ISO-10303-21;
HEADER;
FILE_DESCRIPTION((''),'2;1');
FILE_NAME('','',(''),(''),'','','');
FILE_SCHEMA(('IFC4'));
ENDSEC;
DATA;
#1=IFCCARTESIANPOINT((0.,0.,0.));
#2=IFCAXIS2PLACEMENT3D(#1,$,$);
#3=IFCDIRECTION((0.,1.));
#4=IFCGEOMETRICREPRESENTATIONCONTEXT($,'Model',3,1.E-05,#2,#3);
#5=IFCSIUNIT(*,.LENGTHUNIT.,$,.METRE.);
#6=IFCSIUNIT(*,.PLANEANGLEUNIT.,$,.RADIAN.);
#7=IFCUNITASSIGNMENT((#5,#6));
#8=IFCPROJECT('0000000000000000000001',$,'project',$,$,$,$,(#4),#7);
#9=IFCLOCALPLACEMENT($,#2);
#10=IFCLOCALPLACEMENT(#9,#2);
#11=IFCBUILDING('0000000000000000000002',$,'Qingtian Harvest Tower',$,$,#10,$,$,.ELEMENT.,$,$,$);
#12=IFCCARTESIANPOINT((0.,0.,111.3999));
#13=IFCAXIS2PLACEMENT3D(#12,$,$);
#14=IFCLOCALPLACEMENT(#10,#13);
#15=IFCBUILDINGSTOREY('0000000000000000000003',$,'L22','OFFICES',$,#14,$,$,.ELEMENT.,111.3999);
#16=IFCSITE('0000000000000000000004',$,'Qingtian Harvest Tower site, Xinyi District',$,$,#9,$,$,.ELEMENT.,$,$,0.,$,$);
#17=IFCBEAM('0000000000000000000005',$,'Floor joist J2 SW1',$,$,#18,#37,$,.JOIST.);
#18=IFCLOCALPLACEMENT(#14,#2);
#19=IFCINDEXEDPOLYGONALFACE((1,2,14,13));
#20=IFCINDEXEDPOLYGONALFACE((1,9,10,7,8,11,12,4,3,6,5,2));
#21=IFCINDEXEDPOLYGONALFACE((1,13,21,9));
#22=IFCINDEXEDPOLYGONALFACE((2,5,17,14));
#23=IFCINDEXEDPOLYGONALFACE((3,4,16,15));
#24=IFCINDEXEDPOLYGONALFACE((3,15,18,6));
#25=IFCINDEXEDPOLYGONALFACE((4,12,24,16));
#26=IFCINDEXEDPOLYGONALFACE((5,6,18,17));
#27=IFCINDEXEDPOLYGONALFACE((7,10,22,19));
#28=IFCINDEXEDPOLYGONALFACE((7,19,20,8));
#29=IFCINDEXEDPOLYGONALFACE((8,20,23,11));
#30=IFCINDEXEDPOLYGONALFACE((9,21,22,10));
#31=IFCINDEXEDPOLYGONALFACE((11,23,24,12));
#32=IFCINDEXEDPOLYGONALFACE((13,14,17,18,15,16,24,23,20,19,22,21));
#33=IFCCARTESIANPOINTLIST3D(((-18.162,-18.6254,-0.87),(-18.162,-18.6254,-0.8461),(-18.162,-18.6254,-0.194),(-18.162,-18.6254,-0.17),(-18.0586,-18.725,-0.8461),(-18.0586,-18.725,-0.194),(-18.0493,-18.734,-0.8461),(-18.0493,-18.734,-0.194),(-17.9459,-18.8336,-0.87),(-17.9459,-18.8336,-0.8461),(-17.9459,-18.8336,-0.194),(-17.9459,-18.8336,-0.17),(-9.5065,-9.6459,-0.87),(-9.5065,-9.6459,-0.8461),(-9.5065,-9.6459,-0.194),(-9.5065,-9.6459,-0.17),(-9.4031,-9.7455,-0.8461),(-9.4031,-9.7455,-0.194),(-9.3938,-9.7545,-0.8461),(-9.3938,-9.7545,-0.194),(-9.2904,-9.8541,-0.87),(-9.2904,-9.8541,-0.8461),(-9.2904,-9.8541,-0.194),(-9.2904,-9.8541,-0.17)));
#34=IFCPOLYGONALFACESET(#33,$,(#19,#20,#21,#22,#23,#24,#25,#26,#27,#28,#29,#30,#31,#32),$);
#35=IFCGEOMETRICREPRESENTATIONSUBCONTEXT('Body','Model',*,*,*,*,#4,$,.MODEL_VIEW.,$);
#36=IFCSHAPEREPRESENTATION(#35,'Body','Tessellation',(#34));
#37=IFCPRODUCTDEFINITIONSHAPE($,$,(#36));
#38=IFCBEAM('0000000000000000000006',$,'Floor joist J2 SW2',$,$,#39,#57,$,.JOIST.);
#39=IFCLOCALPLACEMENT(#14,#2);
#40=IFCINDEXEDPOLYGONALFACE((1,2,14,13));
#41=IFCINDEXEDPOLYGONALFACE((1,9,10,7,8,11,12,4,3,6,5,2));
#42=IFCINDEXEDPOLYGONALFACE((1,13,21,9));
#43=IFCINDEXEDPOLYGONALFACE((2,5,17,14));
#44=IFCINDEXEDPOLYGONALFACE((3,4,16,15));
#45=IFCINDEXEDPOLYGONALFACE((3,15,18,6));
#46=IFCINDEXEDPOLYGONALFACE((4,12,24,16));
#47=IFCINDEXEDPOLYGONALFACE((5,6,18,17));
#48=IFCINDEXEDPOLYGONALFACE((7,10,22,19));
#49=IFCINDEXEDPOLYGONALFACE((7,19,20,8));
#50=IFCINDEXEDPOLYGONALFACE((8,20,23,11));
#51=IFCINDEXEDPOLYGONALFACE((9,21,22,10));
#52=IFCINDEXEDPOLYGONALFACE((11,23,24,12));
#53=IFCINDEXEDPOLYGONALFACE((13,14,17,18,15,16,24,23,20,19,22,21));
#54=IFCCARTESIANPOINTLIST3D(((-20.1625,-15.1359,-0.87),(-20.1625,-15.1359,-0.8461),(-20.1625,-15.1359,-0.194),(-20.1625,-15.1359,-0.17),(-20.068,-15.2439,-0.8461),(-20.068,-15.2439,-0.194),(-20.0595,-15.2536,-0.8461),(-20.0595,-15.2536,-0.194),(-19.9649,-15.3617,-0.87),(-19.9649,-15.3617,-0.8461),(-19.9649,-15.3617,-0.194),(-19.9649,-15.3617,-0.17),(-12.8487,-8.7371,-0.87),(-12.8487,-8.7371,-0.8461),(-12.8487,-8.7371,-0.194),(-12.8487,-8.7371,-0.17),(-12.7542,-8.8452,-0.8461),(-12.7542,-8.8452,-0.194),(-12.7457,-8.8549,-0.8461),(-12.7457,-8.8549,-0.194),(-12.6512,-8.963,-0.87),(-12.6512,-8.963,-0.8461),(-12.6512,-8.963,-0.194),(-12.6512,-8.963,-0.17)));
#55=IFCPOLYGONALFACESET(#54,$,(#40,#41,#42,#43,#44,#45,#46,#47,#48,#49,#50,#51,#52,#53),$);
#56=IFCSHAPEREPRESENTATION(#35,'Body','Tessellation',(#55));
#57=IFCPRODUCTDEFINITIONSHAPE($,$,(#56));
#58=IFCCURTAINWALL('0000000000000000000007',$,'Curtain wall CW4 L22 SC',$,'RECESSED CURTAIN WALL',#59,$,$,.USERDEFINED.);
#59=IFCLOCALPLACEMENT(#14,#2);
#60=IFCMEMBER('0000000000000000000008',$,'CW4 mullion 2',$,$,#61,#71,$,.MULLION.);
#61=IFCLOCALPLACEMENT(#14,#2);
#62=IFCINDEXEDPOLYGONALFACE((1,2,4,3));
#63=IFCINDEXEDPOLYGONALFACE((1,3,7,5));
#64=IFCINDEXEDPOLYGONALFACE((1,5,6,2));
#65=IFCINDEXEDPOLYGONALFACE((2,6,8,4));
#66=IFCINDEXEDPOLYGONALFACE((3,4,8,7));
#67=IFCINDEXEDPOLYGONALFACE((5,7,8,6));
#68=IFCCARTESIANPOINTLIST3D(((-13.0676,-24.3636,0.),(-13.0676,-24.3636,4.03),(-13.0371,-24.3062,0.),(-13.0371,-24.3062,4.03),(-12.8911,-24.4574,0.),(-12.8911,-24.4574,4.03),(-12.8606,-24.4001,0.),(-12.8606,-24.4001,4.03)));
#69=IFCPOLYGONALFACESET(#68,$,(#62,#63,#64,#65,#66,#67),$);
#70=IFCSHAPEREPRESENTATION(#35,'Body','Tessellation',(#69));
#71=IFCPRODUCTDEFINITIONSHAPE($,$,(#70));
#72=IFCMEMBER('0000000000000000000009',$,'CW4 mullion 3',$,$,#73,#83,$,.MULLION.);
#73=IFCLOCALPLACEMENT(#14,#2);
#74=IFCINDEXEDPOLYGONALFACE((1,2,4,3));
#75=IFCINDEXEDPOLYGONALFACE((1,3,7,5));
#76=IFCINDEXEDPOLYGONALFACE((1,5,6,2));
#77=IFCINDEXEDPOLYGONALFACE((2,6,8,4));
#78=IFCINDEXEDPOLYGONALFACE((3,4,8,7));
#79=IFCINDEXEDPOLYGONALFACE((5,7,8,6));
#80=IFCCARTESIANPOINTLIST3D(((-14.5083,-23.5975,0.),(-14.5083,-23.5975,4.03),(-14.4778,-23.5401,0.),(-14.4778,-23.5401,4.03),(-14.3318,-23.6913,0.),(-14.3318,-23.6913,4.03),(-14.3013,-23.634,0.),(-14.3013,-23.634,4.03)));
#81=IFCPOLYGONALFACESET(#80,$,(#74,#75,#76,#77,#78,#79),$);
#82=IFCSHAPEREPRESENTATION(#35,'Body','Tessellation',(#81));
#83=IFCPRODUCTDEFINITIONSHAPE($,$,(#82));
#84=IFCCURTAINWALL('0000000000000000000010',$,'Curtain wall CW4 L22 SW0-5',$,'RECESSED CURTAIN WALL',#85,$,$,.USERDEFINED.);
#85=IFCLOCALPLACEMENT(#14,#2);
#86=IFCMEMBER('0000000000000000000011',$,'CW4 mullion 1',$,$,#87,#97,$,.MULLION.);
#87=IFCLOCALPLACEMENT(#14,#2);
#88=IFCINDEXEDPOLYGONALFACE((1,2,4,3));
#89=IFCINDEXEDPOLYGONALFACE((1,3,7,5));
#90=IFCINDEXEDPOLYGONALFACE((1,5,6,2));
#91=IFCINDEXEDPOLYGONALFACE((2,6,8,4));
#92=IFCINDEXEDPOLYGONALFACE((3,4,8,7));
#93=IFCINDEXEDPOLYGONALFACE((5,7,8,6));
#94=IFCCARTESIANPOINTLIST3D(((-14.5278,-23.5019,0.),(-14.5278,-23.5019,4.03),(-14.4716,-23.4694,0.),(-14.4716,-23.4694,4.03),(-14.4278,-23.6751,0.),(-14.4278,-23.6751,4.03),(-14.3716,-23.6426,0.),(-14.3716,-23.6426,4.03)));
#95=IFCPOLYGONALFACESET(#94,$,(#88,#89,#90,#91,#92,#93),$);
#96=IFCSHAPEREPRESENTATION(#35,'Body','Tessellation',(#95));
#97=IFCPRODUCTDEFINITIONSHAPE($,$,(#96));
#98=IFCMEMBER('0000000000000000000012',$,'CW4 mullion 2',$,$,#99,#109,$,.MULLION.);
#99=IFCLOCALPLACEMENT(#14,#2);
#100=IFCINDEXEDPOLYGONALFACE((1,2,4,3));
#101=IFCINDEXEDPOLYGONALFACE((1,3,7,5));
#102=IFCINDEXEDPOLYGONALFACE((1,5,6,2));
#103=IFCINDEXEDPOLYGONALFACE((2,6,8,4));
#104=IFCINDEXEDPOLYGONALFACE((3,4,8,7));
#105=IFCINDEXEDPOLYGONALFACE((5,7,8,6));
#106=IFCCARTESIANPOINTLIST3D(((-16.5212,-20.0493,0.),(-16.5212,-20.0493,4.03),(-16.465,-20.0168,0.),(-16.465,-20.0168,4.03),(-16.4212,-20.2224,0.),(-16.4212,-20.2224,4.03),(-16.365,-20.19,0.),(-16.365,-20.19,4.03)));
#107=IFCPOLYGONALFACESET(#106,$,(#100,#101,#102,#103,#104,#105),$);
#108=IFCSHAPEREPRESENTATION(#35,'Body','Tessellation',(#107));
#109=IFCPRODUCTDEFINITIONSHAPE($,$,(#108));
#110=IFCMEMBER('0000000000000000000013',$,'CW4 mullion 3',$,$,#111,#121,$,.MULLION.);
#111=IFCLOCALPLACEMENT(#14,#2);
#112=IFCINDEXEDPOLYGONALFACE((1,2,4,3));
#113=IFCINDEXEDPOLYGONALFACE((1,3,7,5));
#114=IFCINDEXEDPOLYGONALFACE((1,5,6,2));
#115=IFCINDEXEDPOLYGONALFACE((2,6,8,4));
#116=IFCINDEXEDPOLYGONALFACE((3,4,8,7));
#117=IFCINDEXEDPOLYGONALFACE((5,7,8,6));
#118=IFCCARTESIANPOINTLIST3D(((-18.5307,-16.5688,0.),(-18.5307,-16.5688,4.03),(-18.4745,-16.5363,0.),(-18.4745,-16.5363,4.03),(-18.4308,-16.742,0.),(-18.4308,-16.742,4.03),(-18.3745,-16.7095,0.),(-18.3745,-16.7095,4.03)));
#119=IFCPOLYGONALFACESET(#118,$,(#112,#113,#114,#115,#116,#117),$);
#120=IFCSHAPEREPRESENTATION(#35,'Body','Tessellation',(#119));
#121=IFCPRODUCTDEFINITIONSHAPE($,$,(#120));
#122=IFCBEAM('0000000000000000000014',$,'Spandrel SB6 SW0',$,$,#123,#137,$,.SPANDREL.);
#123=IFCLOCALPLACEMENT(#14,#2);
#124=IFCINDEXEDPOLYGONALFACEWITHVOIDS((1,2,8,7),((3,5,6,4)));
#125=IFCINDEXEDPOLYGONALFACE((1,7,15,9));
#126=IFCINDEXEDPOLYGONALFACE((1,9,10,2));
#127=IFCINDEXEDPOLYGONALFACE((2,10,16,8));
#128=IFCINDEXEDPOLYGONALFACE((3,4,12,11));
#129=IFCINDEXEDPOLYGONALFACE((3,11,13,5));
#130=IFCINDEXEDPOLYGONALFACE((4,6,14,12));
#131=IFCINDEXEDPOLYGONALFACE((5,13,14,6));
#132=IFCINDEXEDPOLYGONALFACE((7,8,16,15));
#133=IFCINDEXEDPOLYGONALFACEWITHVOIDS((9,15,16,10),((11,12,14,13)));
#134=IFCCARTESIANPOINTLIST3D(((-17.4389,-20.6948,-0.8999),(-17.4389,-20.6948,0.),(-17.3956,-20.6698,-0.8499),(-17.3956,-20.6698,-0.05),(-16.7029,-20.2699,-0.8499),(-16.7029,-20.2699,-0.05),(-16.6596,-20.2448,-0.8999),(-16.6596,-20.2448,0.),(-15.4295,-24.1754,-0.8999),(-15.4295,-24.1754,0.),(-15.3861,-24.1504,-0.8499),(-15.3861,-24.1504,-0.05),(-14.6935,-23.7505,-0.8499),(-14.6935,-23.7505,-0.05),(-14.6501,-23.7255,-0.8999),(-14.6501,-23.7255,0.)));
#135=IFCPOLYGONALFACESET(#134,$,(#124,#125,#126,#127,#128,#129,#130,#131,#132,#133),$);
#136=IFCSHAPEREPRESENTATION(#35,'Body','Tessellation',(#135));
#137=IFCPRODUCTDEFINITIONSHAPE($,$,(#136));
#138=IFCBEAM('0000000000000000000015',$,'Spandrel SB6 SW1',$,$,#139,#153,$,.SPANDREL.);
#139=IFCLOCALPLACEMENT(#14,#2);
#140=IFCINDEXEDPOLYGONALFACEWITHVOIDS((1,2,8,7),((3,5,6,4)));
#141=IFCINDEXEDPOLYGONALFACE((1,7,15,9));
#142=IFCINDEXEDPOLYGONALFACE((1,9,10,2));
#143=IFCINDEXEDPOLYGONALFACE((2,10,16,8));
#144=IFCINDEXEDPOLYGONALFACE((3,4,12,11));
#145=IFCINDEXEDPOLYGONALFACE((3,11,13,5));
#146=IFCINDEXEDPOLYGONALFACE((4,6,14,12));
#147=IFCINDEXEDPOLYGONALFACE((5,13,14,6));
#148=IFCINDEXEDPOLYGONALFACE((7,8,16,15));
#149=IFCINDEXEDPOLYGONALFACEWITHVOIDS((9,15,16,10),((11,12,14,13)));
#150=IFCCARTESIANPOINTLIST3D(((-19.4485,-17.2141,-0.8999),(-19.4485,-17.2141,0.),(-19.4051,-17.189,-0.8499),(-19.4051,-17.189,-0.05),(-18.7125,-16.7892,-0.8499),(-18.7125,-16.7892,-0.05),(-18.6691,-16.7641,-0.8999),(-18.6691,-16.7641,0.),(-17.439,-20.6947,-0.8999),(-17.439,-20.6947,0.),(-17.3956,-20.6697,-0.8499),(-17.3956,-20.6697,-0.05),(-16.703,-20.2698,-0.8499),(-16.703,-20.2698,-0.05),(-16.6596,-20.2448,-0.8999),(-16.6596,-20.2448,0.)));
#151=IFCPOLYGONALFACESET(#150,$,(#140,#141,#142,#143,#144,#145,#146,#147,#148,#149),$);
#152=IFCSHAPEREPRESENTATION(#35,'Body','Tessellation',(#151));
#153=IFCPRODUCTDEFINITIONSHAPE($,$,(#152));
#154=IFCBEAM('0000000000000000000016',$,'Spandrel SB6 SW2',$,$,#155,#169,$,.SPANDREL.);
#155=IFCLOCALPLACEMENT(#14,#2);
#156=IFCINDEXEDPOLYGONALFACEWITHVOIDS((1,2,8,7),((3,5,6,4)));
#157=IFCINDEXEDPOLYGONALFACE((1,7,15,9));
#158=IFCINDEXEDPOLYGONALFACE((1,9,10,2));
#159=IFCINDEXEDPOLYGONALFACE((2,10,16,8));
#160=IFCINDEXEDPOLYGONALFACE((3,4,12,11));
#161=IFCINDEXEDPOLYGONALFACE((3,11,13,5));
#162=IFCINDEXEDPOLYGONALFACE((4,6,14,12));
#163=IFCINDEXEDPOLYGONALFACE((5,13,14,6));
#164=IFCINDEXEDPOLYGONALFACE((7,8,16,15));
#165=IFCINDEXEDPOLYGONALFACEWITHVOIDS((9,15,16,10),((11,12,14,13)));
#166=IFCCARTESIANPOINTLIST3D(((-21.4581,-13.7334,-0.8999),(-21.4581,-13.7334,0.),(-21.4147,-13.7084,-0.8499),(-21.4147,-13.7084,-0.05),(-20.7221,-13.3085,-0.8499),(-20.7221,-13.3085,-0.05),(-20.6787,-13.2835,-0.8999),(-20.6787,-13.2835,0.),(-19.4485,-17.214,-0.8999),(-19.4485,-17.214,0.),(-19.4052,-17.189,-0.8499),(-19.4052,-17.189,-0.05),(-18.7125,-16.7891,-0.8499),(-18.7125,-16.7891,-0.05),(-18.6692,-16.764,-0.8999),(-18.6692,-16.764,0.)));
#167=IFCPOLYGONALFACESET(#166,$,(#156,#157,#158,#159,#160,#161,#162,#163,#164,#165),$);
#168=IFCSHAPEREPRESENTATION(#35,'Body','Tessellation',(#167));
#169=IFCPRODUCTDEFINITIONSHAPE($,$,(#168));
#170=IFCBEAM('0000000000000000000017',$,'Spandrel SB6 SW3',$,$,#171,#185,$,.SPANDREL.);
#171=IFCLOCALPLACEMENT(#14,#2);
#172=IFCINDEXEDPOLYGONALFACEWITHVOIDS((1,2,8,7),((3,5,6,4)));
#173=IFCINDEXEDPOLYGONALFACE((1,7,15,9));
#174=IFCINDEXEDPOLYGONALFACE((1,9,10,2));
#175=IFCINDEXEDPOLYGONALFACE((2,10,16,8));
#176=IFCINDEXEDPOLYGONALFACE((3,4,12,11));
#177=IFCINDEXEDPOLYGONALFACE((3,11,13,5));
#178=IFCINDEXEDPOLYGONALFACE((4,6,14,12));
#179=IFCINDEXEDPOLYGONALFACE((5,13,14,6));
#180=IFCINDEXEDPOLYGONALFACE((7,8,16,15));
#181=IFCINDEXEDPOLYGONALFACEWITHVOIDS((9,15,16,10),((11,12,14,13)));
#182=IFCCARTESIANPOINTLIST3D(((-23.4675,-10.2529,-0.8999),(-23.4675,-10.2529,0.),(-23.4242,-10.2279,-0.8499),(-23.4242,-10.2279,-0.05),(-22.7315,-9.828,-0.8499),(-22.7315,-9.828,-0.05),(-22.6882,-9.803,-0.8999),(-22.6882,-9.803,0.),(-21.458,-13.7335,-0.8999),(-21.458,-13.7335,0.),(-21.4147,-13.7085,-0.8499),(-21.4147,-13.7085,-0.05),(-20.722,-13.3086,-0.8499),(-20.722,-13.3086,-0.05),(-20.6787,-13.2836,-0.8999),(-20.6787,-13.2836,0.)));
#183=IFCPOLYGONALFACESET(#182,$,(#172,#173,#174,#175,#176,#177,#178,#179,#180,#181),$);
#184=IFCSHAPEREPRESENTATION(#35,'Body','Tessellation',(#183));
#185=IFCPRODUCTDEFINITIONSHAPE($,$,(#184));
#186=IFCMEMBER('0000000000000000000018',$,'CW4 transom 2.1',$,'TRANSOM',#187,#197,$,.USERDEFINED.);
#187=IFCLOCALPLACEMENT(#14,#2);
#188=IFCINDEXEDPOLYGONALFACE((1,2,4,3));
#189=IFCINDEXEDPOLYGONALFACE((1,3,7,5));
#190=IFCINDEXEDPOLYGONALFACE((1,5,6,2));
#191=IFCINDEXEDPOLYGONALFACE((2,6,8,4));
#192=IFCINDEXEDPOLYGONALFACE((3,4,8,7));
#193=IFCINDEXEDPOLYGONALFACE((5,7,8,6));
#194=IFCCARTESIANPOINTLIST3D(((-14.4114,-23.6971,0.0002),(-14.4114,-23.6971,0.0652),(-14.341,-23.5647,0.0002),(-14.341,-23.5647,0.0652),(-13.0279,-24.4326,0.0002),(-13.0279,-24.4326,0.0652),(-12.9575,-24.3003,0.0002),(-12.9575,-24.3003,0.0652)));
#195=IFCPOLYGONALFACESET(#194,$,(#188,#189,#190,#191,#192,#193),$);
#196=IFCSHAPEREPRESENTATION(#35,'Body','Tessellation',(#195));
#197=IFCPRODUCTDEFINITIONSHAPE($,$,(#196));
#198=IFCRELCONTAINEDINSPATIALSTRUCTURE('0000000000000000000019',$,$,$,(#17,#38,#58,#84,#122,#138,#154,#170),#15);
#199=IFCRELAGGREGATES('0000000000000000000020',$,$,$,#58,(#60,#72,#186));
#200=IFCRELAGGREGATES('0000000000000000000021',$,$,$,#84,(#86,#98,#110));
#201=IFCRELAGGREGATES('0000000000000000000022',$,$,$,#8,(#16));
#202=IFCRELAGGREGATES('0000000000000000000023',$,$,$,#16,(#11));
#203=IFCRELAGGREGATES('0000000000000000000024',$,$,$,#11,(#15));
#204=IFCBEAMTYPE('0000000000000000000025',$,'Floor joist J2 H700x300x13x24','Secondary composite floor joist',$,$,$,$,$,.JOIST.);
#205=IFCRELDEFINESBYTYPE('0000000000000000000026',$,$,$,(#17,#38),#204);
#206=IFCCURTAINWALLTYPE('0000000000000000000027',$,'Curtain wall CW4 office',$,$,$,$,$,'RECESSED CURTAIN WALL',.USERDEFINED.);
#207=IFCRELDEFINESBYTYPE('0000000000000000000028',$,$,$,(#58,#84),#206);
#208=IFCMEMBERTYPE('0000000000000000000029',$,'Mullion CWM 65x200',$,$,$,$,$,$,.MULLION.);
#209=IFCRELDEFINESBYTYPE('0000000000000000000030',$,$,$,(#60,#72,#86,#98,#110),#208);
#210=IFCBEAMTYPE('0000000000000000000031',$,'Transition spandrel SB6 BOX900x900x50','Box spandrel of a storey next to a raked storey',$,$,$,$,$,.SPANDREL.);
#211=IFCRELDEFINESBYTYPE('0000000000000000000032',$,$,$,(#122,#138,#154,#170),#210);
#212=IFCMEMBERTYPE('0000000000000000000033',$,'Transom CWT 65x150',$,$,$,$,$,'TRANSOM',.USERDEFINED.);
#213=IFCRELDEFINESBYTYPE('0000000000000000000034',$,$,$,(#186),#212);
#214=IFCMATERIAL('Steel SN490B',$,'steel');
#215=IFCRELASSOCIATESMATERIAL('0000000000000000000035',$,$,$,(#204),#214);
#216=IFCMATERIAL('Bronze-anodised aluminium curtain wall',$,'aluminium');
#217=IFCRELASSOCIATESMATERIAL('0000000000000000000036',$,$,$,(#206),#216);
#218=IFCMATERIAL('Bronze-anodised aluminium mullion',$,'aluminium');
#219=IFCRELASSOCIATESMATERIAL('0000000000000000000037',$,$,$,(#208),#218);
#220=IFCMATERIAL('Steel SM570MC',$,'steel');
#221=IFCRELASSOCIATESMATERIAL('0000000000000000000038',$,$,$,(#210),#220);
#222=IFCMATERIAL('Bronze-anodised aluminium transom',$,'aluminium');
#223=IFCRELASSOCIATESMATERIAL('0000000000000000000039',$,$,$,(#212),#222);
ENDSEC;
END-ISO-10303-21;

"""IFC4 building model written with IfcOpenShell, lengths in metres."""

from ifc_helpers import new_model, si_unit, direction, frame, origin, origin_2d, place, context, subcontext, project, spatial, rectangle, hollow_rectangle, i_section, extrude, material, material_profile, profile_set, type_object, element, aggregate, save


model = new_model("IFC4")

# Units and contexts
model_context = context("Model", 3, precision=1e-05, world=origin(), true_north=direction((0.0, 1.0)))
body_context = subcontext(model_context, "Body", "Model", "MODEL_VIEW")
ifc_project = project(units=[si_unit("LENGTHUNIT", "METRE"), si_unit("PLANEANGLEUNIT", "RADIAN")], contexts=[model_context])

# Site, building, storey
site_placement = place(None, origin())
site = spatial("IfcSite", under=ifc_project, at=site_placement, Name="Qingtian Harvest Tower site, Xinyi District", CompositionType="ELEMENT", RefElevation=0.0)
building_placement = place(site_placement, origin())
building = spatial("IfcBuilding", under=site, at=building_placement, Name="Qingtian Harvest Tower", CompositionType="ELEMENT")
storey_placement = place(building_placement, frame((0.0, 0.0, 111.3999)))
storey = spatial("IfcBuildingStorey", under=building, at=storey_placement, Name="L22", Description="OFFICES", CompositionType="ELEMENT", Elevation=111.3999)

# Beams
ifc_material_1 = material(Name="Steel SN490B", Category="steel")
ifc_material_profile_1 = material_profile(ifc_material_1, i_section(OverallWidth=0.3, OverallDepth=0.7, WebThickness=0.0129, FlangeThickness=0.0239, at=origin_2d()), Name="H700x300x13x24")
ifc_profile_set_1 = profile_set([ifc_material_profile_1], Name="Steel SN490B")
beam_type_1 = type_object("IfcBeamType", Name="Floor joist J2 H700x300x13x24", Description="Secondary composite floor joist", PredefinedType="JOIST", material=ifc_profile_set_1)
beam_1_placement = place(storey_placement, frame((-18.054, -18.7295, -0.52), z_axis=(0.693999, 0.719976, 0.0), x_axis=(-0.719976, 0.693999, 0.0)))
element("IfcBeam", 1, at=beam_1_placement, inside=storey, type_object=beam_type_1, Name="Floor joist J2 SW1", PredefinedType="JOIST", context=body_context, shape_type="SweptSolid", body=[
    extrude(i_section(OverallWidth=0.3, OverallDepth=0.7, WebThickness=0.0129, FlangeThickness=0.0239, at=origin_2d()), origin(), (0.0, 0.0, 1.0), 12.4719),
])
beam_2_placement = place(storey_placement, frame((-20.0637, -15.2488, -0.52), z_axis=(0.752619, 0.658457, 0.0), x_axis=(-0.658457, 0.752619, 0.0)))
element("IfcBeam", 2, at=beam_2_placement, inside=storey, type_object=beam_type_1, Name="Floor joist J2 SW2", PredefinedType="JOIST", context=body_context, shape_type="SweptSolid", body=[
    extrude(i_section(OverallWidth=0.3, OverallDepth=0.7, WebThickness=0.0129, FlangeThickness=0.0239, at=origin_2d()), origin(), (0.0, 0.0, 1.0), 9.7178),
])

# Curtain walls, members
ifc_material_2 = material(Name="Bronze-anodised aluminium curtain wall", Category="aluminium")
curtain_wall_type = type_object("IfcCurtainWallType", Name="Curtain wall CW4 office", ElementType="RECESSED CURTAIN WALL", PredefinedType="USERDEFINED", material=ifc_material_2)
curtain_wall_1_placement = place(storey_placement, origin())
curtain_wall_1 = element("IfcCurtainWall", 3, at=curtain_wall_1_placement, inside=storey, type_object=curtain_wall_type, Name="Curtain wall CW4 L22 SC", ObjectType="RECESSED CURTAIN WALL", PredefinedType="USERDEFINED")
ifc_material_3 = material(Name="Bronze-anodised aluminium mullion", Category="aluminium")
ifc_material_profile_2 = material_profile(ifc_material_3, rectangle(XDim=0.0649, YDim=0.2, at=origin_2d()), Name="AL 65x200")
ifc_profile_set_2 = profile_set([ifc_material_profile_2], Name="Bronze-anodised aluminium mullion")
member_type_1 = type_object("IfcMemberType", Name="Mullion CWM 65x200", PredefinedType="MULLION", material=ifc_profile_set_2)
member_1_placement = place(storey_placement, frame((-12.9641, -24.3818, 0.0), z_axis=(0.0, 0.0, 1.0), x_axis=(-0.469472, -0.882948, 0.0)))
member_1 = element("IfcMember", 4, at=member_1_placement, type_object=member_type_1, Name="CW4 mullion 2", PredefinedType="MULLION", context=body_context, shape_type="SweptSolid", body=[
    extrude(rectangle(XDim=0.0649, YDim=0.2, at=origin_2d()), origin(), (0.0, 0.0, 1.0), 4.03),
])
member_2_placement = place(storey_placement, frame((-14.4048, -23.6157, 0.0), z_axis=(0.0, 0.0, 1.0), x_axis=(-0.469472, -0.882948, 0.0)))
member_2 = element("IfcMember", 5, at=member_2_placement, type_object=member_type_1, Name="CW4 mullion 3", PredefinedType="MULLION", context=body_context, shape_type="SweptSolid", body=[
    extrude(rectangle(XDim=0.0649, YDim=0.2, at=origin_2d()), origin(), (0.0, 0.0, 1.0), 4.03),
])
curtain_wall_2_placement = place(storey_placement, origin())
curtain_wall_2 = element("IfcCurtainWall", 6, at=curtain_wall_2_placement, inside=storey, type_object=curtain_wall_type, Name="Curtain wall CW4 L22 SW0-5", ObjectType="RECESSED CURTAIN WALL", PredefinedType="USERDEFINED")
member_3_placement = place(storey_placement, frame((-14.4497, -23.5723, 0.0), z_axis=(0.0, 0.0, 1.0), x_axis=(-0.866025, -0.5, 0.0)))
member_3 = element("IfcMember", 7, at=member_3_placement, type_object=member_type_1, Name="CW4 mullion 1", PredefinedType="MULLION", context=body_context, shape_type="SweptSolid", body=[
    extrude(rectangle(XDim=0.0649, YDim=0.2, at=origin_2d()), origin(), (0.0, 0.0, 1.0), 4.03),
])
member_4_placement = place(storey_placement, frame((-16.4431, -20.1196, 0.0), z_axis=(0.0, 0.0, 1.0), x_axis=(-0.866025, -0.5, 0.0)))
member_4 = element("IfcMember", 8, at=member_4_placement, type_object=member_type_1, Name="CW4 mullion 2", PredefinedType="MULLION", context=body_context, shape_type="SweptSolid", body=[
    extrude(rectangle(XDim=0.0649, YDim=0.2, at=origin_2d()), origin(), (0.0, 0.0, 1.0), 4.03),
])
member_5_placement = place(storey_placement, frame((-18.4526, -16.6392, 0.0), z_axis=(0.0, 0.0, 1.0), x_axis=(-0.866025, -0.5, 0.0)))
member_5 = element("IfcMember", 9, at=member_5_placement, type_object=member_type_1, Name="CW4 mullion 3", PredefinedType="MULLION", context=body_context, shape_type="SweptSolid", body=[
    extrude(rectangle(XDim=0.0649, YDim=0.2, at=origin_2d()), origin(), (0.0, 0.0, 1.0), 4.03),
])

# Beams
ifc_material_4 = material(Name="Steel SM570MC", Category="steel")
ifc_material_profile_3 = material_profile(ifc_material_4, hollow_rectangle(XDim=0.8999, YDim=0.8999, WallThickness=0.05, at=origin_2d()), Name="BOX900x900x50")
ifc_profile_set_3 = profile_set([ifc_material_profile_3], Name="Steel SM570MC")
beam_type_2 = type_object("IfcBeamType", Name="Transition spandrel SB6 BOX900x900x50", Description="Box spandrel of a storey next to a raked storey", PredefinedType="SPANDREL", material=ifc_profile_set_3)
for number, where, z_axis, x_axis, name in (
    (10, (-15.0398, -23.9504, -0.45), (-0.499987, 0.866033, 0.0), (-0.866033, -0.499987, 0.0), "Spandrel SB6 SW0"),
    (11, (-17.0493, -20.4697, -0.45), (-0.499987, 0.866033, 0.0), (-0.866033, -0.499987, 0.0), "Spandrel SB6 SW1"),
    (12, (-19.0588, -16.989, -0.45), (-0.500013, 0.866018, 0.0), (-0.866018, -0.500013, 0.0), "Spandrel SB6 SW2"),
    (13, (-21.0684, -13.5085, -0.45), (-0.499987, 0.866033, 0.0), (-0.866033, -0.499987, 0.0), "Spandrel SB6 SW3"),
):
    element("IfcBeam", number, at=place(storey_placement, frame(where, z_axis=z_axis, x_axis=x_axis)), inside=storey, type_object=beam_type_2, Name=name, PredefinedType="SPANDREL", context=body_context, shape_type="SweptSolid", body=[
        extrude(hollow_rectangle(XDim=0.8999, YDim=0.8999, WallThickness=0.05, at=origin_2d()), origin(), (0.0, 0.0, 1.0), 4.019),
    ])

# Member
ifc_material_5 = material(Name="Bronze-anodised aluminium transom", Category="aluminium")
ifc_material_profile_4 = material_profile(ifc_material_5, rectangle(XDim=0.1499, YDim=0.0649, at=origin_2d()), Name="AL 65x150")
ifc_profile_set_4 = profile_set([ifc_material_profile_4], Name="Bronze-anodised aluminium transom")
member_type_2 = type_object("IfcMemberType", Name="Transom CWT 65x150", ElementType="TRANSOM", PredefinedType="USERDEFINED", material=ifc_profile_set_4)
member_6_placement = place(storey_placement, frame((-12.9927, -24.3665, 0.0327), z_axis=(-0.88296, 0.469448, 0.0), x_axis=(-0.469448, -0.88296, 0.0)))
member_6 = element("IfcMember", 14, at=member_6_placement, type_object=member_type_2, Name="CW4 transom 2.1", ObjectType="TRANSOM", PredefinedType="USERDEFINED", context=body_context, shape_type="SweptSolid", body=[
    extrude(rectangle(XDim=0.1499, YDim=0.0649, at=origin_2d()), origin(), (0.0, 0.0, 1.0), 1.5669),
])

aggregate(curtain_wall_1, [member_1, member_2, member_6])
aggregate(curtain_wall_2, [member_3, member_4, member_5])

save(model, "model.ifc")
